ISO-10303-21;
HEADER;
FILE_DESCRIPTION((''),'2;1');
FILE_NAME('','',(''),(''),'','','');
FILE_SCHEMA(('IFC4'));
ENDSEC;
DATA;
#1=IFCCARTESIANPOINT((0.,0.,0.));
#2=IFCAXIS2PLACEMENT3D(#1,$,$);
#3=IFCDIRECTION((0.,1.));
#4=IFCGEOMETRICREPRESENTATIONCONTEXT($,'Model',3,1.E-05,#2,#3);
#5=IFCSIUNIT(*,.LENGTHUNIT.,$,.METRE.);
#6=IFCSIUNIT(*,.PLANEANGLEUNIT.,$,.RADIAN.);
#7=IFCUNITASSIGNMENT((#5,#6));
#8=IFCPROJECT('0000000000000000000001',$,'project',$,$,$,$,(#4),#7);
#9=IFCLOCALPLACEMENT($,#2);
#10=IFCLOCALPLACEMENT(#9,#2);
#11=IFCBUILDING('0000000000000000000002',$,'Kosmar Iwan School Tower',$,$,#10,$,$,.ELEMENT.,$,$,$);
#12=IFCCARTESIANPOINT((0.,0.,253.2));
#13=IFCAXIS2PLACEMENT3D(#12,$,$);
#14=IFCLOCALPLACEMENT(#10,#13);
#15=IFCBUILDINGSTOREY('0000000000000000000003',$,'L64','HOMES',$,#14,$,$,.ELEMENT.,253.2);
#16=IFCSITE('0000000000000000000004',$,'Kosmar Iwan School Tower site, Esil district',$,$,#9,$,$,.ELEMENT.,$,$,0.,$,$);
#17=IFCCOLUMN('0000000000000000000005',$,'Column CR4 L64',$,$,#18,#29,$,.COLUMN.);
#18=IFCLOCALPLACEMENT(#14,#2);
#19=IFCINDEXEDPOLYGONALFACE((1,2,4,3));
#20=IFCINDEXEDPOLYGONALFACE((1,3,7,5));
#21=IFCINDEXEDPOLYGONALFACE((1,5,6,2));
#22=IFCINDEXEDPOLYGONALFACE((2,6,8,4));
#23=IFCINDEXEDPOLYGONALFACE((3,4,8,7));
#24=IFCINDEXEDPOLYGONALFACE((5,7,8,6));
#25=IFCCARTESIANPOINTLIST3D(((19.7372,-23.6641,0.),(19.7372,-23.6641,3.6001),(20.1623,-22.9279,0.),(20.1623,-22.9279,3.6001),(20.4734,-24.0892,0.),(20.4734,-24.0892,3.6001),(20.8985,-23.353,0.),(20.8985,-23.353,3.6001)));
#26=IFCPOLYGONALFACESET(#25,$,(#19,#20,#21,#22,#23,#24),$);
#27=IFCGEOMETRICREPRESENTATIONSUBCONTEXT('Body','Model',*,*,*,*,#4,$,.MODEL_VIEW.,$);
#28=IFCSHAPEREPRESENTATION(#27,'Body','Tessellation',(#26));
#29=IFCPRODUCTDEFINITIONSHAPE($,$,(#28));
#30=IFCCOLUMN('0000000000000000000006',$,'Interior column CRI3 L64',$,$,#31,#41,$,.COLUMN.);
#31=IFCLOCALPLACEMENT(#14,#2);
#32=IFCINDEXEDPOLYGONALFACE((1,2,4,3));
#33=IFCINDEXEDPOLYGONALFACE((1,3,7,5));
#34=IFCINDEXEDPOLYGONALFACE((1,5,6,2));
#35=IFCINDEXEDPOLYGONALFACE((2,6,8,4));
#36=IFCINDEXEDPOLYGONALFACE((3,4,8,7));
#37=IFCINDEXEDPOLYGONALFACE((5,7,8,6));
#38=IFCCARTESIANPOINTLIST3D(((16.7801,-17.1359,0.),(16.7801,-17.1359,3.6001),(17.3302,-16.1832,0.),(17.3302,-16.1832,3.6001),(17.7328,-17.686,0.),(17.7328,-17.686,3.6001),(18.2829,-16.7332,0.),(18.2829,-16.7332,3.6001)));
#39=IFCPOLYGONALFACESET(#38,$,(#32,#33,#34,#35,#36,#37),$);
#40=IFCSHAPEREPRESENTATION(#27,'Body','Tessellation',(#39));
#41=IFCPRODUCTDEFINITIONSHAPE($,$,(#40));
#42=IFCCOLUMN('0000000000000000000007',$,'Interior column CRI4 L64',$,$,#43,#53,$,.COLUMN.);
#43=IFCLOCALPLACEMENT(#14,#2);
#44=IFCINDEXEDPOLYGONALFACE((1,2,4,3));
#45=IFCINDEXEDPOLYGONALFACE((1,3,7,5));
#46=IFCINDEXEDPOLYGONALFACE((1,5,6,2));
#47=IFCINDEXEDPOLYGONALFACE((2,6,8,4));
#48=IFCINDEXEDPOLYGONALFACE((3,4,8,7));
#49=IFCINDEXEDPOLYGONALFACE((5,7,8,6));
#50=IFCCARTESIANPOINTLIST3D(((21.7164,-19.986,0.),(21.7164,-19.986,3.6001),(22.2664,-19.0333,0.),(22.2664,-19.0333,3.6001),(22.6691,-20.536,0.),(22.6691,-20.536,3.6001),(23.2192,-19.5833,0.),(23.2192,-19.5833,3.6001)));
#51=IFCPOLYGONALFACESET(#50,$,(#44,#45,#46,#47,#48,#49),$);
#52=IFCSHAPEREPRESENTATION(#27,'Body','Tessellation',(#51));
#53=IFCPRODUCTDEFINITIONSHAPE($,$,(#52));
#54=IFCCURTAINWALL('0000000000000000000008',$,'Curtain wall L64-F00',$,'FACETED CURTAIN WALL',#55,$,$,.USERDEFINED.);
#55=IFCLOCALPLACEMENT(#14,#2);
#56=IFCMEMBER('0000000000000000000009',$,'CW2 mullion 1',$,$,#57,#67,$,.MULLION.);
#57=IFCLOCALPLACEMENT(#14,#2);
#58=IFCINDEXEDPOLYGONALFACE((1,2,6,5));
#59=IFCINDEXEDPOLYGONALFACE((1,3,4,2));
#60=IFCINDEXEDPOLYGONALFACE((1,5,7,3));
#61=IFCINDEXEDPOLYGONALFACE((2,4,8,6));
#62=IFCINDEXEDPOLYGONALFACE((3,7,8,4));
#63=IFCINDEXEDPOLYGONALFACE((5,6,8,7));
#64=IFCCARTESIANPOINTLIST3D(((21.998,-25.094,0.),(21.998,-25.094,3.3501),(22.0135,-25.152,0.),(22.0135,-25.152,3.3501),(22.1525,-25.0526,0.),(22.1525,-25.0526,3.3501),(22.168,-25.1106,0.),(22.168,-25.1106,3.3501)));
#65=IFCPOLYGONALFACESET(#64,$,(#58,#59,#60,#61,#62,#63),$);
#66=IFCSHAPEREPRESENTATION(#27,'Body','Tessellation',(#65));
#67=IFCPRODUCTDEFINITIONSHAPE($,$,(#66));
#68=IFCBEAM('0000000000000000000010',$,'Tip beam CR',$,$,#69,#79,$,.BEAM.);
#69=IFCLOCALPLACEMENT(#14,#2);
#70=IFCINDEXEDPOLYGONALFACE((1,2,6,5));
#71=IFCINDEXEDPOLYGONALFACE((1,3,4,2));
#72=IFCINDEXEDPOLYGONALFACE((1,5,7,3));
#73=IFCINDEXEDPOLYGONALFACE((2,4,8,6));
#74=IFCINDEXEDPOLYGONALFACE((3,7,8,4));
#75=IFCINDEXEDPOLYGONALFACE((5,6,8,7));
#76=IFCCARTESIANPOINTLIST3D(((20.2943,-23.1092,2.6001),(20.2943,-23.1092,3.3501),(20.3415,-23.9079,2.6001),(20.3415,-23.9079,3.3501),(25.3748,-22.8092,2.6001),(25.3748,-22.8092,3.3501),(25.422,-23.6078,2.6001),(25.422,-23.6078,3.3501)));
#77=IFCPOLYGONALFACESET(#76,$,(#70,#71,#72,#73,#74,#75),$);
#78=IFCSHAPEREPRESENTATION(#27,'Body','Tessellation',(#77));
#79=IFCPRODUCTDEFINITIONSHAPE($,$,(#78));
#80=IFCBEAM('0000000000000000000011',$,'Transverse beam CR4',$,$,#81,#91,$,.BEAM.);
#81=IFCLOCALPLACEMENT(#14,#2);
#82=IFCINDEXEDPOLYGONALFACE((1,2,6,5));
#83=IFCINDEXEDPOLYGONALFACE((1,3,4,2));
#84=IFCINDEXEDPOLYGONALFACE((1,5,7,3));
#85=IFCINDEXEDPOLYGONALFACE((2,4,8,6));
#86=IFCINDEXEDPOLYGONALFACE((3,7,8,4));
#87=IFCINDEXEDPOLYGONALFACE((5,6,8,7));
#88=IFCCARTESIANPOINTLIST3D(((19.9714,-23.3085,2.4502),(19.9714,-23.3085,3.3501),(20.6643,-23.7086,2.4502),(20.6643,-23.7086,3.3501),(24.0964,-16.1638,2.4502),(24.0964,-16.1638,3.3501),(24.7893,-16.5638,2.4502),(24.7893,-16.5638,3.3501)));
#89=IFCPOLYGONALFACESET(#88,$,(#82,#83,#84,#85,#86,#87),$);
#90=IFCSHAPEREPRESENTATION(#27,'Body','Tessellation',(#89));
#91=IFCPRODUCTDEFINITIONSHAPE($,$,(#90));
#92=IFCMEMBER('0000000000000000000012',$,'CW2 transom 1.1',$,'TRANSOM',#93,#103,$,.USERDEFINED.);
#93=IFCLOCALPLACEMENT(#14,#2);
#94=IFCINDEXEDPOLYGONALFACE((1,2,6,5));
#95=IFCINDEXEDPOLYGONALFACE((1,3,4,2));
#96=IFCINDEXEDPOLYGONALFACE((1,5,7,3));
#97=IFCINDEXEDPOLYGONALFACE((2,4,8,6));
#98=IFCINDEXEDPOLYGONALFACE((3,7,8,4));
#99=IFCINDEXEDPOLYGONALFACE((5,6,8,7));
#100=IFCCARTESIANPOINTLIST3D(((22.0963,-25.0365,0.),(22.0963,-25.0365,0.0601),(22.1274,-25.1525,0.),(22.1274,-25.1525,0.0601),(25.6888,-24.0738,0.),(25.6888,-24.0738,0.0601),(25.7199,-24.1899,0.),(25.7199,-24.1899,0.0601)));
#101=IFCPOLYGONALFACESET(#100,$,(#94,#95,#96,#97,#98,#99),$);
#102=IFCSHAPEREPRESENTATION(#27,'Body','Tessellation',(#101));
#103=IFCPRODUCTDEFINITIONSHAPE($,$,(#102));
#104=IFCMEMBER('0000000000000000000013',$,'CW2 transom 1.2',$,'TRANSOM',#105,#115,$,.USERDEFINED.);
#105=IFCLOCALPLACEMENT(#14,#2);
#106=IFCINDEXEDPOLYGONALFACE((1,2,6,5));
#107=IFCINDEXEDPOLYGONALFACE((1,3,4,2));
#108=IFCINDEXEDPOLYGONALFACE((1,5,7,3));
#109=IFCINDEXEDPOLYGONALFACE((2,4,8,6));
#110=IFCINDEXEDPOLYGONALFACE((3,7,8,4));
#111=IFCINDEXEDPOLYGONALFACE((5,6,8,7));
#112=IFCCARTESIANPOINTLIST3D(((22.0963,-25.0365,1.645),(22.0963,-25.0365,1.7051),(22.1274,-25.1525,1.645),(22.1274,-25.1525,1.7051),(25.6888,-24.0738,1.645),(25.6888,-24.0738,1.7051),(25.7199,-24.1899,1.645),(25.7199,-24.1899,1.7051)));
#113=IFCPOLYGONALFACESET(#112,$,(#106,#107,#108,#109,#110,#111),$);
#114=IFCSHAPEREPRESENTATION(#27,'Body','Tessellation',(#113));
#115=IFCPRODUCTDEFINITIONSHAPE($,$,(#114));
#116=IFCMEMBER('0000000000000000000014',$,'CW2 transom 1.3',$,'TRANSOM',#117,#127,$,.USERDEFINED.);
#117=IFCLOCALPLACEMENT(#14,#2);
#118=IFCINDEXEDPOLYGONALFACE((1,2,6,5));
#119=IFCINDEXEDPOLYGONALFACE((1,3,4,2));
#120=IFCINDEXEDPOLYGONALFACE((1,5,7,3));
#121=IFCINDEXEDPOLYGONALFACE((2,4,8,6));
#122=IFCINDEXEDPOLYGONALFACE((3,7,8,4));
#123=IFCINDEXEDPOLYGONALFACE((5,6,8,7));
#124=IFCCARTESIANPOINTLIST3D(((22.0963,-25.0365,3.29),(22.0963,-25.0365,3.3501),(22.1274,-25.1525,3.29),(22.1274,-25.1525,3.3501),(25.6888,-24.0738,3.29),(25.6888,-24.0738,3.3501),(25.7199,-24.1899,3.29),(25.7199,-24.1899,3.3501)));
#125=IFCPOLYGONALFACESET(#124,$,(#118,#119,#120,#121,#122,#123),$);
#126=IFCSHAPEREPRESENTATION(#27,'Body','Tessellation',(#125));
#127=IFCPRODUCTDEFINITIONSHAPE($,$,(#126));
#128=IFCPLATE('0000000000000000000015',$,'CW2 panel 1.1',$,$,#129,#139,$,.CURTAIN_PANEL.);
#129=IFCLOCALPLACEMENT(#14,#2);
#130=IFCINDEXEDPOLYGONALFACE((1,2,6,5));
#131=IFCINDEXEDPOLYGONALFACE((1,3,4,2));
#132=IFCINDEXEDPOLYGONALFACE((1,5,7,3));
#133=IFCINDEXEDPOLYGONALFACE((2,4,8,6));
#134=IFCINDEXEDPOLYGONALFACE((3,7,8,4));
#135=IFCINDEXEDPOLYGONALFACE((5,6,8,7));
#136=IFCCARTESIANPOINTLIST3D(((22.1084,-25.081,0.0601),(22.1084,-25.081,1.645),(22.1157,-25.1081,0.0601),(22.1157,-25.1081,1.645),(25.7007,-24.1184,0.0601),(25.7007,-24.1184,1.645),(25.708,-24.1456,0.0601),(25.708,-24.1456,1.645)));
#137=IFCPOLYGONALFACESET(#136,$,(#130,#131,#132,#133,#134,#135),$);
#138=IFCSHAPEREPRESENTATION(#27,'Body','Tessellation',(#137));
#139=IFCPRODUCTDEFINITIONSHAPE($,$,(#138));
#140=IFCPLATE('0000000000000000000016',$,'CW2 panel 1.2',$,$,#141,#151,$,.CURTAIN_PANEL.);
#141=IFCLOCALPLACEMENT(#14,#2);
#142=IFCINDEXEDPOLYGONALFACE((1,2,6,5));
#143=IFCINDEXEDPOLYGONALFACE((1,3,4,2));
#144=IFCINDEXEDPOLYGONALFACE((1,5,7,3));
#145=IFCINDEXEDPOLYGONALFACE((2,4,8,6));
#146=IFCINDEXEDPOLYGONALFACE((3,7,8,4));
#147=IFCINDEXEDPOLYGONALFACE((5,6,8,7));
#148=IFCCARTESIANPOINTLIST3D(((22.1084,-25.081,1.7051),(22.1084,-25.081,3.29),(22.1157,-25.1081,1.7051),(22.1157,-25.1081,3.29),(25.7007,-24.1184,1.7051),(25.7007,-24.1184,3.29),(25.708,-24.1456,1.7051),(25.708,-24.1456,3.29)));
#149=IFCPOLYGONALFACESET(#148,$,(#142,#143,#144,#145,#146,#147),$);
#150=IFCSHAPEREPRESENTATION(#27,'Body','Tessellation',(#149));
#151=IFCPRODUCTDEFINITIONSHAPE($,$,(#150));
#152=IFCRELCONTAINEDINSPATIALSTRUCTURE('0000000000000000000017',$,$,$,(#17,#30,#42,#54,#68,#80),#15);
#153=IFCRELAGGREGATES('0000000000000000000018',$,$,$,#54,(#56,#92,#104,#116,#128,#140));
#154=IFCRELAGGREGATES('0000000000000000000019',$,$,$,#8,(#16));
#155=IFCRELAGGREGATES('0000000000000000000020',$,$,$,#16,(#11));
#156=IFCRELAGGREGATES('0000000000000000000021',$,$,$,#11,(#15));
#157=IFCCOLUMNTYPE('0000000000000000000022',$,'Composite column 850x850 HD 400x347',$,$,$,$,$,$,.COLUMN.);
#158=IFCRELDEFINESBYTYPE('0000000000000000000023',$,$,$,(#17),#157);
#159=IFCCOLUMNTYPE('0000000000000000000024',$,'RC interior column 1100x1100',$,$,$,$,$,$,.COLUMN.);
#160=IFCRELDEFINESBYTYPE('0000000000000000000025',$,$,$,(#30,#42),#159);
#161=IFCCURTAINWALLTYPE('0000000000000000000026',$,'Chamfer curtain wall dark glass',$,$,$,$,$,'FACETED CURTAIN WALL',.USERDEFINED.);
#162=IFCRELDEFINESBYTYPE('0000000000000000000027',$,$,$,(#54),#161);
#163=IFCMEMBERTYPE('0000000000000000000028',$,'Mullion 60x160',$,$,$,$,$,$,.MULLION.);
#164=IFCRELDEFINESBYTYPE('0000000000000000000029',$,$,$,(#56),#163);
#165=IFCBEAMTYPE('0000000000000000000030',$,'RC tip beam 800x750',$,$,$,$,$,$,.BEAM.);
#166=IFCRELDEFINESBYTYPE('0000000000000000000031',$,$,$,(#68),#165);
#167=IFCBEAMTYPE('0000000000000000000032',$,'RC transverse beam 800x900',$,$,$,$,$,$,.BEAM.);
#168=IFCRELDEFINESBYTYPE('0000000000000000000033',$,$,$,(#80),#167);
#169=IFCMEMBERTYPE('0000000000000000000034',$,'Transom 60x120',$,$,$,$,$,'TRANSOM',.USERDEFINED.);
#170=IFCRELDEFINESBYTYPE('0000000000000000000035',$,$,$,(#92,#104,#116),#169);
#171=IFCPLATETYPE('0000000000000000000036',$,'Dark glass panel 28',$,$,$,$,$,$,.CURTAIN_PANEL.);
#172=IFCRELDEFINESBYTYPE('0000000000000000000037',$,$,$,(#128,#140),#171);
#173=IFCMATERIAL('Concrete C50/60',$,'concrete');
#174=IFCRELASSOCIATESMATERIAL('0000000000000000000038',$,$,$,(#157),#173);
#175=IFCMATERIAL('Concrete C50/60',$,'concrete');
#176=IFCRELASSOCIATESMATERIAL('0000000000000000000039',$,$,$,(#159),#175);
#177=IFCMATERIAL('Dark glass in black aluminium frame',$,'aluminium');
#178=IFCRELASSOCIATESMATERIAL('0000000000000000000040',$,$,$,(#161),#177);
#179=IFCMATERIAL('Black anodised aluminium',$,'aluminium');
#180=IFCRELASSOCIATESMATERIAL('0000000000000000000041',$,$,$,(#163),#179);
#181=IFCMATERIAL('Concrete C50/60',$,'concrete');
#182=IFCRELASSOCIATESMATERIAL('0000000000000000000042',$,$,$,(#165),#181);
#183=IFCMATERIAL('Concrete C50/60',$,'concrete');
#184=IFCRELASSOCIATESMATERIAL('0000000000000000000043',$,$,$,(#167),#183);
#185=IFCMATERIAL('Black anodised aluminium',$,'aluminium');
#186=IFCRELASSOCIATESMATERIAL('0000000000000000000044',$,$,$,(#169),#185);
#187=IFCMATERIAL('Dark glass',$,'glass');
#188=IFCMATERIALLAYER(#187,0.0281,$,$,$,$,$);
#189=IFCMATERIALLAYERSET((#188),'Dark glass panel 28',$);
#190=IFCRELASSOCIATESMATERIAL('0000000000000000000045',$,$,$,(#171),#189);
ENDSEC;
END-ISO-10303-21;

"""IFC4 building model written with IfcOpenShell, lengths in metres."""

from ifc_helpers import new_model, si_unit, direction, frame, origin, origin_2d, place, context, subcontext, project, spatial, rectangle, extrude, material, layer, layer_set, material_profile, profile_set, type_object, element, aggregate, save


model = new_model("IFC4")

# Units and contexts
model_context = context("Model", 3, precision=1e-05, world=origin(), true_north=direction((0.0, 1.0)))
body_context = subcontext(model_context, "Body", "Model", "MODEL_VIEW")
ifc_project = project(units=[si_unit("LENGTHUNIT", "METRE"), si_unit("PLANEANGLEUNIT", "RADIAN")], contexts=[model_context])

# Site, building, storey
site_placement = place(None, origin())
site = spatial("IfcSite", under=ifc_project, at=site_placement, Name="Kosmar Iwan School Tower site, Esil district", CompositionType="ELEMENT", RefElevation=0.0)
building_placement = place(site_placement, origin())
building = spatial("IfcBuilding", under=site, at=building_placement, Name="Kosmar Iwan School Tower", CompositionType="ELEMENT")
storey_placement = place(building_placement, frame((0.0, 0.0, 253.2)))
storey = spatial("IfcBuildingStorey", under=building, at=storey_placement, Name="L64", Description="HOMES", CompositionType="ELEMENT", Elevation=253.2)

# Columns
ifc_material_1 = material(Name="Concrete C50/60", Category="concrete")
ifc_material_profile_1 = material_profile(ifc_material_1, rectangle(XDim=0.8501, YDim=0.8501, at=origin_2d()), Name="RC 850x850 + HD 400x347")
ifc_profile_set_1 = profile_set([ifc_material_profile_1], Name="Concrete C50/60")
column_type_1 = type_object("IfcColumnType", Name="Composite column 850x850 HD 400x347", PredefinedType="COLUMN", material=ifc_profile_set_1)
column_placement = place(storey_placement, frame((20.3179, -23.5085, 0.0), z_axis=(0.0, 0.0, 1.0), x_axis=(0.866025, -0.5, 0.0)))
element("IfcColumn", 1, at=column_placement, inside=storey, type_object=column_type_1, Name="Column CR4 L64", PredefinedType="COLUMN", context=body_context, shape_type="SweptSolid", body=[
    extrude(rectangle(XDim=0.8501, YDim=0.8501, at=origin_2d()), origin(), (0.0, 0.0, 1.0), 3.6001),
])
ifc_material_2 = material(Name="Concrete C50/60", Category="concrete")
ifc_material_profile_2 = material_profile(ifc_material_2, rectangle(XDim=1.1001, YDim=1.1001, at=origin_2d()), Name="RC 1100x1100")
ifc_profile_set_2 = profile_set([ifc_material_profile_2], Name="Concrete C50/60")
column_type_2 = type_object("IfcColumnType", Name="RC interior column 1100x1100", PredefinedType="COLUMN", material=ifc_profile_set_2)
for number, where, z_axis, x_axis, name in (
    (2, (17.5315, -16.9346, 0.0), (0.0, 0.0, 1.0), (0.866025, -0.5, 0.0), "Interior column CRI3 L64"),
    (3, (22.4678, -19.7847, 0.0), (0.0, 0.0, 1.0), (0.866025, -0.5, 0.0), "Interior column CRI4 L64"),
):
    element("IfcColumn", number, at=place(storey_placement, frame(where, z_axis=z_axis, x_axis=x_axis)), inside=storey, type_object=column_type_2, Name=name, PredefinedType="COLUMN", context=body_context, shape_type="SweptSolid", body=[
        extrude(rectangle(XDim=1.1001, YDim=1.1001, at=origin_2d()), origin(), (0.0, 0.0, 1.0), 3.6001),
    ])

# Curtain wall, member
ifc_material_3 = material(Name="Dark glass in black aluminium frame", Category="aluminium")
curtain_wall_type = type_object("IfcCurtainWallType", Name="Chamfer curtain wall dark glass", ElementType="FACETED CURTAIN WALL", PredefinedType="USERDEFINED", material=ifc_material_3)
curtain_wall_placement = place(storey_placement, origin())
curtain_wall = element("IfcCurtainWall", 4, at=curtain_wall_placement, inside=storey, type_object=curtain_wall_type, Name="Curtain wall L64-F00", ObjectType="FACETED CURTAIN WALL", PredefinedType="USERDEFINED")
ifc_material_4 = material(Name="Black anodised aluminium", Category="aluminium")
ifc_material_profile_3 = material_profile(ifc_material_4, rectangle(XDim=0.0601, YDim=0.1599, at=origin_2d()), Name="MULLION 60x160")
ifc_profile_set_3 = profile_set([ifc_material_profile_3], Name="Black anodised aluminium")
member_type_1 = type_object("IfcMemberType", Name="Mullion 60x160", PredefinedType="MULLION", material=ifc_profile_set_3)
member_1_placement = place(storey_placement, frame((22.083, -25.1023, 0.0), z_axis=(0.0, 0.0, 1.0), x_axis=(-0.258819, 0.965926, 0.0)))
member_1 = element("IfcMember", 5, at=member_1_placement, type_object=member_type_1, Name="CW2 mullion 1", PredefinedType="MULLION", context=body_context, shape_type="SweptSolid", body=[
    extrude(rectangle(XDim=0.0601, YDim=0.1599, at=origin_2d()), origin(), (0.0, 0.0, 1.0), 3.3501),
])

# Beams
ifc_material_5 = material(Name="Concrete C50/60", Category="concrete")
ifc_material_profile_4 = material_profile(ifc_material_5, rectangle(XDim=0.8, YDim=0.75, at=origin_2d()), Name="RC 800x750")
ifc_profile_set_4 = profile_set([ifc_material_profile_4], Name="Concrete C50/60")
beam_type_1 = type_object("IfcBeamType", Name="RC tip beam 800x750", PredefinedType="BEAM", material=ifc_profile_set_4)
beam_1_placement = place(storey_placement, frame((20.3179, -23.5085, 2.9751), z_axis=(0.998261, 0.058955, 0.0), x_axis=(-0.058955, 0.998261, 0.0)))
element("IfcBeam", 6, at=beam_1_placement, inside=storey, type_object=beam_type_1, Name="Tip beam CR", PredefinedType="BEAM", context=body_context, shape_type="SweptSolid", body=[
    extrude(rectangle(XDim=0.8, YDim=0.75, at=origin_2d()), origin(), (0.0, 0.0, 1.0), 5.0894),
])
ifc_material_6 = material(Name="Concrete C50/60", Category="concrete")
ifc_material_profile_5 = material_profile(ifc_material_6, rectangle(XDim=0.8, YDim=0.8999, at=origin_2d()), Name="RC 800x900")
ifc_profile_set_5 = profile_set([ifc_material_profile_5], Name="Concrete C50/60")
beam_type_2 = type_object("IfcBeamType", Name="RC transverse beam 800x900", PredefinedType="BEAM", material=ifc_profile_set_5)
beam_2_placement = place(storey_placement, frame((20.3179, -23.5085, 2.9001), z_axis=(0.499997, 0.866027, 0.0), x_axis=(-0.866027, 0.499997, 0.0)))
element("IfcBeam", 7, at=beam_2_placement, inside=storey, type_object=beam_type_2, Name="Transverse beam CR4", PredefinedType="BEAM", context=body_context, shape_type="SweptSolid", body=[
    extrude(rectangle(XDim=0.8, YDim=0.8999, at=origin_2d()), origin(), (0.0, 0.0, 1.0), 8.25),
])

# Members
ifc_material_7 = material(Name="Black anodised aluminium", Category="aluminium")
ifc_material_profile_6 = material_profile(ifc_material_7, rectangle(XDim=0.1201, YDim=0.0601, at=origin_2d()), Name="TRANSOM 60x120")
ifc_profile_set_6 = profile_set([ifc_material_profile_6], Name="Black anodised aluminium")
member_type_2 = type_object("IfcMemberType", Name="Transom 60x120", ElementType="TRANSOM", PredefinedType="USERDEFINED", material=ifc_profile_set_6)
member_2_placement = place(storey_placement, frame((22.1118, -25.0945, 0.03), z_axis=(0.965924, 0.258827, 0.0), x_axis=(-0.258827, 0.965924, 0.0)))
member_2 = element("IfcMember", 8, at=member_2_placement, type_object=member_type_2, Name="CW2 transom 1.1", ObjectType="TRANSOM", PredefinedType="USERDEFINED", context=body_context, shape_type="SweptSolid", body=[
    extrude(rectangle(XDim=0.1201, YDim=0.0601, at=origin_2d()), origin(), (0.0, 0.0, 1.0), 3.7192),
])
member_3_placement = place(storey_placement, frame((22.1118, -25.0945, 1.675), z_axis=(0.965924, 0.258827, 0.0), x_axis=(-0.258827, 0.965924, 0.0)))
member_3 = element("IfcMember", 9, at=member_3_placement, type_object=member_type_2, Name="CW2 transom 1.2", ObjectType="TRANSOM", PredefinedType="USERDEFINED", context=body_context, shape_type="SweptSolid", body=[
    extrude(rectangle(XDim=0.1201, YDim=0.0601, at=origin_2d()), origin(), (0.0, 0.0, 1.0), 3.7192),
])
member_4_placement = place(storey_placement, frame((22.1118, -25.0945, 3.3201), z_axis=(0.965924, 0.258827, 0.0), x_axis=(-0.258827, 0.965924, 0.0)))
member_4 = element("IfcMember", 10, at=member_4_placement, type_object=member_type_2, Name="CW2 transom 1.3", ObjectType="TRANSOM", PredefinedType="USERDEFINED", context=body_context, shape_type="SweptSolid", body=[
    extrude(rectangle(XDim=0.1201, YDim=0.0601, at=origin_2d()), origin(), (0.0, 0.0, 1.0), 3.7192),
])

# Plates
ifc_material_8 = material(Name="Dark glass", Category="glass")
ifc_layer_1 = layer(ifc_material_8, 0.0281)
ifc_layer_set_1 = layer_set([ifc_layer_1], Name="Dark glass panel 28")
plate_type = type_object("IfcPlateType", Name="Dark glass panel 28", PredefinedType="CURTAIN_PANEL", material=ifc_layer_set_1)
plate_1_placement = place(storey_placement, frame((23.9082, -24.6133, 0.0601), z_axis=(0.0, 0.0, 1.0), x_axis=(0.965926, 0.258819, 0.0)))
plate_1 = element("IfcPlate", 11, at=plate_1_placement, type_object=plate_type, Name="CW2 panel 1.1", PredefinedType="CURTAIN_PANEL", context=body_context, shape_type="SweptSolid", body=[
    extrude(rectangle(XDim=3.719, YDim=0.0281, at=origin_2d()), origin(), (0.0, 0.0, 1.0), 1.585),
])
plate_2_placement = place(storey_placement, frame((23.9082, -24.6133, 1.7051), z_axis=(0.0, 0.0, 1.0), x_axis=(0.965926, 0.258819, 0.0)))
plate_2 = element("IfcPlate", 12, at=plate_2_placement, type_object=plate_type, Name="CW2 panel 1.2", PredefinedType="CURTAIN_PANEL", context=body_context, shape_type="SweptSolid", body=[
    extrude(rectangle(XDim=3.719, YDim=0.0281, at=origin_2d()), origin(), (0.0, 0.0, 1.0), 1.585),
])
aggregate(curtain_wall, [member_1, member_2, member_3, member_4, plate_1, plate_2])

save(model, "model.ifc")
